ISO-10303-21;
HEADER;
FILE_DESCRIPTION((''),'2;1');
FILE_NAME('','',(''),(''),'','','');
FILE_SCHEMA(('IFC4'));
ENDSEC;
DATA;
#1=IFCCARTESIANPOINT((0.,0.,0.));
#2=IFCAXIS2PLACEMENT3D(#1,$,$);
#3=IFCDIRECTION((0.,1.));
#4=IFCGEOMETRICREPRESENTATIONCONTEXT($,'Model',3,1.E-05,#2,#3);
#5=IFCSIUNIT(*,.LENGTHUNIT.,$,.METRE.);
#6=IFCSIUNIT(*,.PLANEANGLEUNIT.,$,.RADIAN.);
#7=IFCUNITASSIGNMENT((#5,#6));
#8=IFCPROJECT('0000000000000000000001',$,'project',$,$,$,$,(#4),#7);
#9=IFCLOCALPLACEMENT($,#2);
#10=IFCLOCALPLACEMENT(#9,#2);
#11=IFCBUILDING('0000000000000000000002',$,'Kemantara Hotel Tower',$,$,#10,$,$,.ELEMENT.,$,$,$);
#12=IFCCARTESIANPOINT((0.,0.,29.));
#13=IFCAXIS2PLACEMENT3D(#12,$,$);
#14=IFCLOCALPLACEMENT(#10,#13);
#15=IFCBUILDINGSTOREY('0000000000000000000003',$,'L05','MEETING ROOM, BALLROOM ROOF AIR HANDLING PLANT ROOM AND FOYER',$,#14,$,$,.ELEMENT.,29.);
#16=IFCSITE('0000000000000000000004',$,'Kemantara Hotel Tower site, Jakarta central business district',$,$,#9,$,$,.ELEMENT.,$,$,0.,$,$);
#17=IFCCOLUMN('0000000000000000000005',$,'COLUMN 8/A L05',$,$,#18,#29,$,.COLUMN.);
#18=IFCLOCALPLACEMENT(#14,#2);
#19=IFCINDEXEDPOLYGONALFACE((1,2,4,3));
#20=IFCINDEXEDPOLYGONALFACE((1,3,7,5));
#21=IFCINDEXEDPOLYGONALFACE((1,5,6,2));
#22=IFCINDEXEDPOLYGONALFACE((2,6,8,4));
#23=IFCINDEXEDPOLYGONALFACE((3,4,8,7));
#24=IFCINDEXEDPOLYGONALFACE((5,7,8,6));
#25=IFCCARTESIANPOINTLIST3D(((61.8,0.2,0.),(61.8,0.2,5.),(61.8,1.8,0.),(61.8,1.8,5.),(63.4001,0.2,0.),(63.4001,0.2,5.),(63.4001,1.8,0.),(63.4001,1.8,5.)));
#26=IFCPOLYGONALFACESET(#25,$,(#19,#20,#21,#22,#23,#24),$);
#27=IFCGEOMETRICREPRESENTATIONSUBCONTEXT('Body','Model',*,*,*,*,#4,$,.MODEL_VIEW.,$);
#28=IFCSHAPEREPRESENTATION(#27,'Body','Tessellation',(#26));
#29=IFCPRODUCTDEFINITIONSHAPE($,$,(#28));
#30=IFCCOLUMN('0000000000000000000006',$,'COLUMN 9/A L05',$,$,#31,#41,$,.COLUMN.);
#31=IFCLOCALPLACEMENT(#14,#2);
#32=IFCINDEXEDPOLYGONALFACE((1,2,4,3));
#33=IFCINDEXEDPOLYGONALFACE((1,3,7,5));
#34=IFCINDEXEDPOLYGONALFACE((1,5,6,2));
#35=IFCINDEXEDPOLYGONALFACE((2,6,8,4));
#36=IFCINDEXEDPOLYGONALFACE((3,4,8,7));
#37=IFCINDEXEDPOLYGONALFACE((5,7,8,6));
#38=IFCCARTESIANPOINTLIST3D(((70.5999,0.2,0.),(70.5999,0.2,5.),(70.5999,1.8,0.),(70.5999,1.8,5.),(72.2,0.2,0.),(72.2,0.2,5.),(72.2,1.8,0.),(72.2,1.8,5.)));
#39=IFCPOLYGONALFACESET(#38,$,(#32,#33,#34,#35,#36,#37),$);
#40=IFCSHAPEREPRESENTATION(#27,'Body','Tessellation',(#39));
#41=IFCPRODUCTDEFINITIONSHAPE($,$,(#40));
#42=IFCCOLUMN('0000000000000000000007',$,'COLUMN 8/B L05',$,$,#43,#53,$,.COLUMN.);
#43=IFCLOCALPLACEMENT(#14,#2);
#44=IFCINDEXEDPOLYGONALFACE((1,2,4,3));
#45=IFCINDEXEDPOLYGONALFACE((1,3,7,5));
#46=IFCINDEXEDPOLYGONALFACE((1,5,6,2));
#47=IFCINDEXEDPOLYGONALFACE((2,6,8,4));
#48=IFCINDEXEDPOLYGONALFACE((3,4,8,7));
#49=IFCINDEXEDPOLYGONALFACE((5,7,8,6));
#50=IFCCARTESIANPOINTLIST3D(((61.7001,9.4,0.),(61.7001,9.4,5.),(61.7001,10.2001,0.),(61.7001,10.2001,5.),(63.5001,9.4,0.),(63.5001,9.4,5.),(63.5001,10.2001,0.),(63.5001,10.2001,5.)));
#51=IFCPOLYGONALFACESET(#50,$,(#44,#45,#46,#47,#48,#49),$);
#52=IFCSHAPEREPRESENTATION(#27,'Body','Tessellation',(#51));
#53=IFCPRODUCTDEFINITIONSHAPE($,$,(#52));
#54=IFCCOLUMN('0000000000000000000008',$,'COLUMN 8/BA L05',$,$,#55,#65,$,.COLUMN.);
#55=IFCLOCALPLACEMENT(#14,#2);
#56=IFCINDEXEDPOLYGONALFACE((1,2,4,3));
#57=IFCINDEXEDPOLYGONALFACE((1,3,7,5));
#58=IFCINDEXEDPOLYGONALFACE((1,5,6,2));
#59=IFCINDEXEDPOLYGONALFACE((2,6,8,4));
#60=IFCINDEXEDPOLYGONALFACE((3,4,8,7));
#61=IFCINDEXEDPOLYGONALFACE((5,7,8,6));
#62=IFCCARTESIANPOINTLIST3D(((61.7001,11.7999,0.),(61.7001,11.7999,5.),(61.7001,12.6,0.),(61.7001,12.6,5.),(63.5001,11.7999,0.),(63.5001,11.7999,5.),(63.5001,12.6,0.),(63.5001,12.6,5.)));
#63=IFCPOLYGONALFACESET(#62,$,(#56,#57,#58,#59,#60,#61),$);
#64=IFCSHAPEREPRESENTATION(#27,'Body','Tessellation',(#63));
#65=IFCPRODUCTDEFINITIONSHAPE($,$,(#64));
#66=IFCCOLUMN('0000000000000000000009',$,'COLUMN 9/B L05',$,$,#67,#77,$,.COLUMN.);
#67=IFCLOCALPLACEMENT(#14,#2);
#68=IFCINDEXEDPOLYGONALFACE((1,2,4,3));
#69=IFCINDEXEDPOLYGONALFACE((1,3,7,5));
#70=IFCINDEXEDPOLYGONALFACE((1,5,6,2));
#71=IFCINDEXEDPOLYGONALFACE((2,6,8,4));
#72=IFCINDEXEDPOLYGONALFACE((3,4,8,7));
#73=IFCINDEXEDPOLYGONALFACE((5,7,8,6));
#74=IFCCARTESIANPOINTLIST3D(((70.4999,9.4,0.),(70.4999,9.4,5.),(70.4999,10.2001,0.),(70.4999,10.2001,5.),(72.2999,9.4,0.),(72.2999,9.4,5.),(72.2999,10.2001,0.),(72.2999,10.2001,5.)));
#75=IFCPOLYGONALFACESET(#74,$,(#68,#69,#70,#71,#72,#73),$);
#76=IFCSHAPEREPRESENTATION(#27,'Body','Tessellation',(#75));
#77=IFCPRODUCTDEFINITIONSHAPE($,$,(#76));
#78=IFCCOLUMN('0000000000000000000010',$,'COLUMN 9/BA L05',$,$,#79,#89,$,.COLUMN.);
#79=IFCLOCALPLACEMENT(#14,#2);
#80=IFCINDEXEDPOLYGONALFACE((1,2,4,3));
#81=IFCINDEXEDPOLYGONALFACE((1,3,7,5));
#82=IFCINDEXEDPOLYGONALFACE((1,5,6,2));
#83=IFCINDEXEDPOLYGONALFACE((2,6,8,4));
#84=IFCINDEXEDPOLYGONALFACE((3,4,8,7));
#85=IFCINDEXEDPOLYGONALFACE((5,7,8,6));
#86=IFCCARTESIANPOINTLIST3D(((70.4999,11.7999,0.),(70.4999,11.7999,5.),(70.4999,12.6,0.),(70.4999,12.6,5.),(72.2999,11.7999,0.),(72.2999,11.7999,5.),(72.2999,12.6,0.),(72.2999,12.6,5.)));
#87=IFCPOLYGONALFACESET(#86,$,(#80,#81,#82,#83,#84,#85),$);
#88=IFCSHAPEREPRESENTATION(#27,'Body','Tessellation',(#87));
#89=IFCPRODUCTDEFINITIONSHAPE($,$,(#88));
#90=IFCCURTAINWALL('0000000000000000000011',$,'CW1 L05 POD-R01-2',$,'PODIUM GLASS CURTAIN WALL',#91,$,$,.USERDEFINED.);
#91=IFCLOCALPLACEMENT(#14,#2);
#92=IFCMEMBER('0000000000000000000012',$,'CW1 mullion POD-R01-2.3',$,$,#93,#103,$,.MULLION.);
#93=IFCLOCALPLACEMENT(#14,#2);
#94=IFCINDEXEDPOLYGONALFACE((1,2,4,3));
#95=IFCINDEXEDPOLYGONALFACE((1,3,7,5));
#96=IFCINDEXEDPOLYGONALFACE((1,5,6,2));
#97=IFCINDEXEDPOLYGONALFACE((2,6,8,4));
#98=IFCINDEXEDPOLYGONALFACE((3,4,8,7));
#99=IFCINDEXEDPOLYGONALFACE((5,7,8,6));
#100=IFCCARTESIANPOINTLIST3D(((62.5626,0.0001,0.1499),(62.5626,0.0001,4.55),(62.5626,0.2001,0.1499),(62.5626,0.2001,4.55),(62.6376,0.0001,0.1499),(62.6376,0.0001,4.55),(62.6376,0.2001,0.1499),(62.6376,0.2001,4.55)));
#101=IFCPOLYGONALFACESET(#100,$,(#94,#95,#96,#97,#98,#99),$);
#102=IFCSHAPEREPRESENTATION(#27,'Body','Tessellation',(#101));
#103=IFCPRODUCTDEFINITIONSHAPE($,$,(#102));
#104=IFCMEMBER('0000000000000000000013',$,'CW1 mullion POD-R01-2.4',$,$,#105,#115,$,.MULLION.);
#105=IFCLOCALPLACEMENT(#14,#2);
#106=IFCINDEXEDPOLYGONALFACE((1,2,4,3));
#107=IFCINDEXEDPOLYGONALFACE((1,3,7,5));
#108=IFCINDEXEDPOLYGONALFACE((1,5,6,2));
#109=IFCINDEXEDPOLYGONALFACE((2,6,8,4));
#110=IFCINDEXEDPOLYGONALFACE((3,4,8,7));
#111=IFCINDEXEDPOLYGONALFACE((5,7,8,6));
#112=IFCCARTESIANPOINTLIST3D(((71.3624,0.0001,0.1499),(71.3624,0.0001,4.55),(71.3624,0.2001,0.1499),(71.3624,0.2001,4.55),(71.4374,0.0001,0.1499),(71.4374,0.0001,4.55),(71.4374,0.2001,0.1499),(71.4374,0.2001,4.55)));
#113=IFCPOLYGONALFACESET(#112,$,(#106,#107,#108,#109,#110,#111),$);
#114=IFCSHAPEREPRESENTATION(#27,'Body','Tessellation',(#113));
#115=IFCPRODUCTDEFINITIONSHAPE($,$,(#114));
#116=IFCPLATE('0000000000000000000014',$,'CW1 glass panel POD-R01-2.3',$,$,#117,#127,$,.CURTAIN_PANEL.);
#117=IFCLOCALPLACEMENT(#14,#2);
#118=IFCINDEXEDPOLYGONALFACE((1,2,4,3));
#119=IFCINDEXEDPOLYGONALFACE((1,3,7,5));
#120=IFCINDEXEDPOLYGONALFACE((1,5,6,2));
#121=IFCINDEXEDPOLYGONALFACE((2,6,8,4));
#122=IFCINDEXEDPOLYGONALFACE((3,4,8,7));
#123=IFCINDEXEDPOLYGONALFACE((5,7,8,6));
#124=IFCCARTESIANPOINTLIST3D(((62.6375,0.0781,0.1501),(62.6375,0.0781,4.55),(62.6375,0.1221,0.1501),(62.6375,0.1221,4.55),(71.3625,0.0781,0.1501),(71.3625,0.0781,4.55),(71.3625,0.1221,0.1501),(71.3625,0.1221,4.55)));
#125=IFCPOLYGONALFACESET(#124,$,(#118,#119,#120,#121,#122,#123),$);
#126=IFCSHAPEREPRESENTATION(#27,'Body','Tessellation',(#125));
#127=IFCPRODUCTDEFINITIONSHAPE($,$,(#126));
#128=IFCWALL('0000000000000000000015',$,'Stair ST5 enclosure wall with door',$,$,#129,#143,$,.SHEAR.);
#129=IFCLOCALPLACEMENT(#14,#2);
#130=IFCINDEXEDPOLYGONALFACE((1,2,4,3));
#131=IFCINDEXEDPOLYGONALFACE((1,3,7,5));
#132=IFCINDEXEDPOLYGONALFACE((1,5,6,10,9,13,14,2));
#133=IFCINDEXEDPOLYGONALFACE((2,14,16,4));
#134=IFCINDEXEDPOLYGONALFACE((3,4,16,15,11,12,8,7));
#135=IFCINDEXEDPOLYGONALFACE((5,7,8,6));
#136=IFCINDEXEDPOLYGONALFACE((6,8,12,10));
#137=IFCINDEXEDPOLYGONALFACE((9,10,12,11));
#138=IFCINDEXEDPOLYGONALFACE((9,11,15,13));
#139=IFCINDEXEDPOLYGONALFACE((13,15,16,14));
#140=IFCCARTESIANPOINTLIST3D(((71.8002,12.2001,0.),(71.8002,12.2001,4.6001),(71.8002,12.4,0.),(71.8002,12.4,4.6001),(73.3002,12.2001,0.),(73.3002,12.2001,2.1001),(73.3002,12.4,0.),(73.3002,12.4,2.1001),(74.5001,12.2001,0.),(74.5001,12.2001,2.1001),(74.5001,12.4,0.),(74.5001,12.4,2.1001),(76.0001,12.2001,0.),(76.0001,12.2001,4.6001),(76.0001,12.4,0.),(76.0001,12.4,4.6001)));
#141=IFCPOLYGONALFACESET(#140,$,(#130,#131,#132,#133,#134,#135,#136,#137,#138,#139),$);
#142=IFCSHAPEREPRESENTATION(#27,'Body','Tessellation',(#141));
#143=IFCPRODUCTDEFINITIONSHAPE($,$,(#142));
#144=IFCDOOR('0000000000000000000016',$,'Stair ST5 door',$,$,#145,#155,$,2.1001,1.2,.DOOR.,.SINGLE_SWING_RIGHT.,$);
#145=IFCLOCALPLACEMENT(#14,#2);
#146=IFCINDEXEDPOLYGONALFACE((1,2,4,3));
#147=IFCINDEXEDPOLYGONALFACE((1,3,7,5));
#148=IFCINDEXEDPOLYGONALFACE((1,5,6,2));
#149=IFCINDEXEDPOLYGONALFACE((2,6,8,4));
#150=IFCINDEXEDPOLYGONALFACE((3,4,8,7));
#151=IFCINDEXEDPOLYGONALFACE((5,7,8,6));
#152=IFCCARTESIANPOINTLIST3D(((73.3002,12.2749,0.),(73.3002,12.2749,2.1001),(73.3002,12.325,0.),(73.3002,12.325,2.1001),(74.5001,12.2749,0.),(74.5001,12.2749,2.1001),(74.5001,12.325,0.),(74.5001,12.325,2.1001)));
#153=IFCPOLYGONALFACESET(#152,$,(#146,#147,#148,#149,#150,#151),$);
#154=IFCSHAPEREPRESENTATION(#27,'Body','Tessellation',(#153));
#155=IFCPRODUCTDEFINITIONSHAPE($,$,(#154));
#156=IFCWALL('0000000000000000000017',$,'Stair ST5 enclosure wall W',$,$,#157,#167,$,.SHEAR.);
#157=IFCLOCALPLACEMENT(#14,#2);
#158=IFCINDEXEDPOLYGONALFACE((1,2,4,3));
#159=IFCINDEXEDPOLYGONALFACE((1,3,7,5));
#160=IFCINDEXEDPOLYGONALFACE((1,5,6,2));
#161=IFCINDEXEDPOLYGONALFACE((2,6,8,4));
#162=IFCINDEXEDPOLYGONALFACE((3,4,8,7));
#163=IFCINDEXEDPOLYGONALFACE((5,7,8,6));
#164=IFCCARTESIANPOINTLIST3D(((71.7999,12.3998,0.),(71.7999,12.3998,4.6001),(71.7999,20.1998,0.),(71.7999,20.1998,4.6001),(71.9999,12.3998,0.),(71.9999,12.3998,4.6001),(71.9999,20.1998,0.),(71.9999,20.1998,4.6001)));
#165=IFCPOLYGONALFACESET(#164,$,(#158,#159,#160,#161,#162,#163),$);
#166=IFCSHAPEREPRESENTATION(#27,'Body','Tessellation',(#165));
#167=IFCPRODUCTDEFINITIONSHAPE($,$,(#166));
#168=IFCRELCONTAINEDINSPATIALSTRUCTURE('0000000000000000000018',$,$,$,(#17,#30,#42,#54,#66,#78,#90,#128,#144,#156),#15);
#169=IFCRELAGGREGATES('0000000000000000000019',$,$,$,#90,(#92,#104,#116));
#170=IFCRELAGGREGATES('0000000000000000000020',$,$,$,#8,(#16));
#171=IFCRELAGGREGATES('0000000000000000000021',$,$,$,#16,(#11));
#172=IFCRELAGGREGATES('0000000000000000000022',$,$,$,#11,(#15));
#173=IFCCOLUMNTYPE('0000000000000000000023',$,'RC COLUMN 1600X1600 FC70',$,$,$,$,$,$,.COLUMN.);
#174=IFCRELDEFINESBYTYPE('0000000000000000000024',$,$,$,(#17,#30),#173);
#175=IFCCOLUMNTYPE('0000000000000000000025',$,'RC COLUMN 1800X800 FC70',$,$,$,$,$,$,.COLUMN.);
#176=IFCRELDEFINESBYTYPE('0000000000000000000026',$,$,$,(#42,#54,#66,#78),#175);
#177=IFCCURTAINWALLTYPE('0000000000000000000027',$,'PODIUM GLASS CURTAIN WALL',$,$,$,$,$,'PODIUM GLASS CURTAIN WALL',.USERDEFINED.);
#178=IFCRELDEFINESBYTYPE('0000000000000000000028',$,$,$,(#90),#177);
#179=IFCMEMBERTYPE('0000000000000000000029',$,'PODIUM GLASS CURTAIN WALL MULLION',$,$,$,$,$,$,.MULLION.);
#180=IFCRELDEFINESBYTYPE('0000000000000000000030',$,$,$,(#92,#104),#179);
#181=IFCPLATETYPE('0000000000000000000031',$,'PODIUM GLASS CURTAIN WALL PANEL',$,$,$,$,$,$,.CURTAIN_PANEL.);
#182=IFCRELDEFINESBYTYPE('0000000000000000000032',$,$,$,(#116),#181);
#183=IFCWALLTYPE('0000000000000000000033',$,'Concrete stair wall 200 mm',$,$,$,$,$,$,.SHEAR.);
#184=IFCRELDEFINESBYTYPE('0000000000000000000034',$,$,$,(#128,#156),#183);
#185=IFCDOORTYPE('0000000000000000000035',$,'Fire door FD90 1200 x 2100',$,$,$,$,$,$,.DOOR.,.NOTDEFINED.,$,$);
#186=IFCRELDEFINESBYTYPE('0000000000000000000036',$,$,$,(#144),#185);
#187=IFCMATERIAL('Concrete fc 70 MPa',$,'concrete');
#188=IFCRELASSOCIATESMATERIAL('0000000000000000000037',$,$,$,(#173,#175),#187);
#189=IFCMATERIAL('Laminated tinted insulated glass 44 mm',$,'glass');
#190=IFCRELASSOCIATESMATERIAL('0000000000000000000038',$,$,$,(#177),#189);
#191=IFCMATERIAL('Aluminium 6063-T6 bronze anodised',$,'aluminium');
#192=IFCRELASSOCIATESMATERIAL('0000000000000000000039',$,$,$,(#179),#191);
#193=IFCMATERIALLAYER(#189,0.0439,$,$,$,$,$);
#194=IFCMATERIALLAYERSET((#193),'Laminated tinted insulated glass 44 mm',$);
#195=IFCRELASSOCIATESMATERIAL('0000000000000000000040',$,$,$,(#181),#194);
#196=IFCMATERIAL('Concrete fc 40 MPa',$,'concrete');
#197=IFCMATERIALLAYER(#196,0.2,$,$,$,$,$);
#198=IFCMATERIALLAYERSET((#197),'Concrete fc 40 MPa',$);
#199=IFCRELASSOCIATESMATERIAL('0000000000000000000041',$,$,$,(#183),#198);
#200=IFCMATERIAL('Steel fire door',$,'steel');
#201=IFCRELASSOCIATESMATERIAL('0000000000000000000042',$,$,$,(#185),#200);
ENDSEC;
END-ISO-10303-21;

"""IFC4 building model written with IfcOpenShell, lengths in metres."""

from ifc_helpers import new_model, si_unit, direction, frame, frame_2d, origin, origin_2d, place, context, subcontext, project, spatial, rectangle, extrude, source, transform, mapped, material, layer, layer_set, material_profile, profile_set, type_object, element, fill, aggregate, save


model = new_model("IFC4")

# Units and contexts
model_context = context("Model", 3, precision=1e-05, world=origin(), true_north=direction((0.0, 1.0)))
body_context = subcontext(model_context, "Body", "Model", "MODEL_VIEW")
ifc_project = project(units=[si_unit("LENGTHUNIT", "METRE"), si_unit("PLANEANGLEUNIT", "RADIAN")], contexts=[model_context])

# Site, building, storey
site_placement = place(None, origin())
site = spatial("IfcSite", under=ifc_project, at=site_placement, Name="Kemantara Hotel Tower site, Jakarta central business district", CompositionType="ELEMENT", RefElevation=0.0)
building_placement = place(site_placement, origin())
building = spatial("IfcBuilding", under=site, at=building_placement, Name="Kemantara Hotel Tower", CompositionType="ELEMENT")
storey_placement = place(building_placement, frame((0.0, 0.0, 29.0)))
storey = spatial("IfcBuildingStorey", under=building, at=storey_placement, Name="L05", Description="MEETING ROOM, BALLROOM ROOF AIR HANDLING PLANT ROOM AND FOYER", CompositionType="ELEMENT", Elevation=29.0)

# Columns
ifc_material_1 = material(Name="Concrete fc 70 MPa", Category="concrete")
ifc_material_profile_1 = material_profile(ifc_material_1, rectangle(XDim=1.6001, YDim=1.6001, at=origin_2d()), Name="RC 1600X1600")
ifc_profile_set_1 = profile_set([ifc_material_profile_1], Name="Concrete fc 70 MPa")
column_type_1 = type_object("IfcColumnType", Name="RC COLUMN 1600X1600 FC70", PredefinedType="COLUMN", material=ifc_profile_set_1)
for number, where, z_axis, x_axis, name in (
    (1, (62.6001, 1.0, 0.0), (0.0, 0.0, 1.0), (1.0, 0.0, 0.0), "COLUMN 8/A L05"),
    (2, (71.3999, 1.0, 0.0), (0.0, 0.0, 1.0), (1.0, 0.0, 0.0), "COLUMN 9/A L05"),
):
    element("IfcColumn", number, at=place(storey_placement, frame(where, z_axis=z_axis, x_axis=x_axis)), inside=storey, type_object=column_type_1, Name=name, PredefinedType="COLUMN", context=body_context, shape_type="SweptSolid", body=[
        extrude(rectangle(XDim=1.6001, YDim=1.6001, at=origin_2d()), origin(), (0.0, 0.0, 1.0), 5.0),
    ])
ifc_material_profile_2 = material_profile(ifc_material_1, rectangle(XDim=1.8, YDim=0.8, at=origin_2d()), Name="RC 1800X800")
ifc_profile_set_2 = profile_set([ifc_material_profile_2], Name="Concrete fc 70 MPa")
column_type_2 = type_object("IfcColumnType", Name="RC COLUMN 1800X800 FC70", PredefinedType="COLUMN", material=ifc_profile_set_2)
for number, where, z_axis, x_axis, name in (
    (3, (62.6001, 9.8, 0.0), (0.0, 0.0, 1.0), (1.0, 0.0, 0.0), "COLUMN 8/B L05"),
    (4, (62.6001, 12.2, 0.0), (0.0, 0.0, 1.0), (1.0, 0.0, 0.0), "COLUMN 8/BA L05"),
    (5, (71.3999, 9.8, 0.0), (0.0, 0.0, 1.0), (1.0, 0.0, 0.0), "COLUMN 9/B L05"),
    (6, (71.3999, 12.2, 0.0), (0.0, 0.0, 1.0), (1.0, 0.0, 0.0), "COLUMN 9/BA L05"),
):
    element("IfcColumn", number, at=place(storey_placement, frame(where, z_axis=z_axis, x_axis=x_axis)), inside=storey, type_object=column_type_2, Name=name, PredefinedType="COLUMN", context=body_context, shape_type="SweptSolid", body=[
        extrude(rectangle(XDim=1.8, YDim=0.8, at=origin_2d()), origin(), (0.0, 0.0, 1.0), 5.0),
    ])

# Curtain wall, members, plate
ifc_material_2 = material(Name="Laminated tinted insulated glass 44 mm", Category="glass")
curtain_wall_type = type_object("IfcCurtainWallType", Name="PODIUM GLASS CURTAIN WALL", ElementType="PODIUM GLASS CURTAIN WALL", PredefinedType="USERDEFINED", material=ifc_material_2)
curtain_wall_placement = place(storey_placement, origin())
curtain_wall = element("IfcCurtainWall", 7, at=curtain_wall_placement, inside=storey, type_object=curtain_wall_type, Name="CW1 L05 POD-R01-2", ObjectType="PODIUM GLASS CURTAIN WALL", PredefinedType="USERDEFINED")
ifc_material_3 = material(Name="Aluminium 6063-T6 bronze anodised", Category="aluminium")
ifc_material_profile_3 = material_profile(ifc_material_3, rectangle(XDim=0.2, YDim=0.075, at=origin_2d()), Name="PODIUM GLASS CURTAIN WALL MULLION")
ifc_profile_set_3 = profile_set([ifc_material_profile_3], Name="Aluminium 6063-T6 bronze anodised")
member_type = type_object("IfcMemberType", Name="PODIUM GLASS CURTAIN WALL MULLION", PredefinedType="MULLION", material=ifc_profile_set_3)
shared_shape_1 = source(origin(), body_context, "Body", "SweptSolid", [
    extrude(rectangle(XDim=0.2, YDim=0.075, at=origin_2d()), origin(), (0.0, 0.0, 1.0), 4.4001),
])
member_1_placement = place(storey_placement, frame((62.6001, 0.1001, 0.1499), z_axis=(0.0, 0.0, 1.0), x_axis=(0.0, 1.0, 0.0)))
member_1 = element("IfcMember", 8, at=member_1_placement, type_object=member_type, Name="CW1 mullion POD-R01-2.3", PredefinedType="MULLION", context=body_context, shape_type="MappedRepresentation", body=[
    mapped(shared_shape_1, transform((0.0, 0.0, 0.0))),
])
member_2_placement = place(storey_placement, frame((71.3999, 0.1001, 0.1499), z_axis=(0.0, 0.0, 1.0), x_axis=(0.0, 1.0, 0.0)))
member_2 = element("IfcMember", 9, at=member_2_placement, type_object=member_type, Name="CW1 mullion POD-R01-2.4", PredefinedType="MULLION", context=body_context, shape_type="MappedRepresentation", body=[
    mapped(shared_shape_1, transform((0.0, 0.0, 0.0))),
])
ifc_layer_1 = layer(ifc_material_2, 0.0439)
ifc_layer_set_1 = layer_set([ifc_layer_1], Name="Laminated tinted insulated glass 44 mm")
plate_type = type_object("IfcPlateType", Name="PODIUM GLASS CURTAIN WALL PANEL", PredefinedType="CURTAIN_PANEL", material=ifc_layer_set_1)
shared_shape_2 = source(origin(), body_context, "Body", "SweptSolid", [
    extrude(rectangle(XDim=8.7251, YDim=0.0439, at=origin_2d()), origin(), (0.0, 0.0, 1.0), 4.3999),
])
plate_placement = place(storey_placement, frame((67.0, 0.1001, 0.1501), z_axis=(0.0, 0.0, 1.0), x_axis=(1.0, 0.0, 0.0)))
plate = element("IfcPlate", 10, at=plate_placement, type_object=plate_type, Name="CW1 glass panel POD-R01-2.3", PredefinedType="CURTAIN_PANEL", context=body_context, shape_type="MappedRepresentation", body=[
    mapped(shared_shape_2, transform((0.0, 0.0, 0.0))),
])
aggregate(curtain_wall, [member_1, member_2, plate])

# Wall, opening, door
ifc_material_4 = material(Name="Concrete fc 40 MPa", Category="concrete")
ifc_layer_2 = layer(ifc_material_4, 0.2)
ifc_layer_set_2 = layer_set([ifc_layer_2], Name="Concrete fc 40 MPa")
wall_type_1 = type_object("IfcWallType", Name="Concrete stair wall 200 mm", PredefinedType="SHEAR", material=ifc_layer_set_2)
wall_1_placement = place(storey_placement, frame((71.8, 12.3, 0.0), z_axis=(0.0, 0.0, 1.0), x_axis=(1.0, 0.0, 0.0)))
wall_1 = element("IfcWall", 11, at=wall_1_placement, inside=storey, type_object=wall_type_1, Name="Stair ST5 enclosure wall with door", PredefinedType="SHEAR", context=body_context, shape_type="SweptSolid", body=[
    extrude(rectangle(XDim=4.2, YDim=0.2, at=frame_2d((2.1001, 0.0))), origin(), (0.0, 0.0, 1.0), 4.6001),
])
opening_1_placement = place(wall_1_placement, frame((1.5, 0.0, 0.0)))
opening_1 = element("IfcOpeningElement", 12, at=opening_1_placement, cuts=wall_1, PredefinedType="OPENING", context=body_context, shape_type="SweptSolid", body=[
    extrude(rectangle(XDim=1.2, YDim=2.1001, at=frame_2d((0.6001, 1.05))), frame((0.0, 0.1099, 0.0), z_axis=(0.0, -1.0, 0.0), x_axis=(1.0, 0.0, 0.0)), (0.0, 0.0, 1.0), 0.22),
])
ifc_material_5 = material(Name="Steel fire door", Category="steel")
door_type_1 = type_object("IfcDoorType", Name="Fire door FD90 1200 x 2100", OperationType="NOTDEFINED", PredefinedType="DOOR", material=ifc_material_5)
door_1_placement = place(opening_1_placement, origin())
door_1 = element("IfcDoor", 13, at=door_1_placement, inside=storey, type_object=door_type_1, Name="Stair ST5 door", OperationType="SINGLE_SWING_RIGHT", OverallHeight=2.1001, OverallWidth=1.2, PredefinedType="DOOR", context=body_context, shape_type="SweptSolid", body=[
    extrude(rectangle(XDim=1.2, YDim=2.1001, at=frame_2d((0.6001, 1.05))), frame((0.0, 0.0249, 0.0), z_axis=(0.0, -1.0, 0.0), x_axis=(1.0, 0.0, 0.0)), (0.0, 0.0, 1.0), 0.05),
])
fill(opening_1, door_1)

# Wall
wall_2_placement = place(storey_placement, frame((71.8999, 12.3999, 0.0), z_axis=(0.0, 0.0, 1.0), x_axis=(0.0, 1.0, 0.0)))
element("IfcWall", 14, at=wall_2_placement, inside=storey, type_object=wall_type_1, Name="Stair ST5 enclosure wall W", PredefinedType="SHEAR", context=body_context, shape_type="SweptSolid", body=[
    extrude(rectangle(XDim=7.8, YDim=0.2, at=frame_2d((3.8999, 0.0))), origin(), (0.0, 0.0, 1.0), 4.6001),
])

save(model, "model.ifc")
